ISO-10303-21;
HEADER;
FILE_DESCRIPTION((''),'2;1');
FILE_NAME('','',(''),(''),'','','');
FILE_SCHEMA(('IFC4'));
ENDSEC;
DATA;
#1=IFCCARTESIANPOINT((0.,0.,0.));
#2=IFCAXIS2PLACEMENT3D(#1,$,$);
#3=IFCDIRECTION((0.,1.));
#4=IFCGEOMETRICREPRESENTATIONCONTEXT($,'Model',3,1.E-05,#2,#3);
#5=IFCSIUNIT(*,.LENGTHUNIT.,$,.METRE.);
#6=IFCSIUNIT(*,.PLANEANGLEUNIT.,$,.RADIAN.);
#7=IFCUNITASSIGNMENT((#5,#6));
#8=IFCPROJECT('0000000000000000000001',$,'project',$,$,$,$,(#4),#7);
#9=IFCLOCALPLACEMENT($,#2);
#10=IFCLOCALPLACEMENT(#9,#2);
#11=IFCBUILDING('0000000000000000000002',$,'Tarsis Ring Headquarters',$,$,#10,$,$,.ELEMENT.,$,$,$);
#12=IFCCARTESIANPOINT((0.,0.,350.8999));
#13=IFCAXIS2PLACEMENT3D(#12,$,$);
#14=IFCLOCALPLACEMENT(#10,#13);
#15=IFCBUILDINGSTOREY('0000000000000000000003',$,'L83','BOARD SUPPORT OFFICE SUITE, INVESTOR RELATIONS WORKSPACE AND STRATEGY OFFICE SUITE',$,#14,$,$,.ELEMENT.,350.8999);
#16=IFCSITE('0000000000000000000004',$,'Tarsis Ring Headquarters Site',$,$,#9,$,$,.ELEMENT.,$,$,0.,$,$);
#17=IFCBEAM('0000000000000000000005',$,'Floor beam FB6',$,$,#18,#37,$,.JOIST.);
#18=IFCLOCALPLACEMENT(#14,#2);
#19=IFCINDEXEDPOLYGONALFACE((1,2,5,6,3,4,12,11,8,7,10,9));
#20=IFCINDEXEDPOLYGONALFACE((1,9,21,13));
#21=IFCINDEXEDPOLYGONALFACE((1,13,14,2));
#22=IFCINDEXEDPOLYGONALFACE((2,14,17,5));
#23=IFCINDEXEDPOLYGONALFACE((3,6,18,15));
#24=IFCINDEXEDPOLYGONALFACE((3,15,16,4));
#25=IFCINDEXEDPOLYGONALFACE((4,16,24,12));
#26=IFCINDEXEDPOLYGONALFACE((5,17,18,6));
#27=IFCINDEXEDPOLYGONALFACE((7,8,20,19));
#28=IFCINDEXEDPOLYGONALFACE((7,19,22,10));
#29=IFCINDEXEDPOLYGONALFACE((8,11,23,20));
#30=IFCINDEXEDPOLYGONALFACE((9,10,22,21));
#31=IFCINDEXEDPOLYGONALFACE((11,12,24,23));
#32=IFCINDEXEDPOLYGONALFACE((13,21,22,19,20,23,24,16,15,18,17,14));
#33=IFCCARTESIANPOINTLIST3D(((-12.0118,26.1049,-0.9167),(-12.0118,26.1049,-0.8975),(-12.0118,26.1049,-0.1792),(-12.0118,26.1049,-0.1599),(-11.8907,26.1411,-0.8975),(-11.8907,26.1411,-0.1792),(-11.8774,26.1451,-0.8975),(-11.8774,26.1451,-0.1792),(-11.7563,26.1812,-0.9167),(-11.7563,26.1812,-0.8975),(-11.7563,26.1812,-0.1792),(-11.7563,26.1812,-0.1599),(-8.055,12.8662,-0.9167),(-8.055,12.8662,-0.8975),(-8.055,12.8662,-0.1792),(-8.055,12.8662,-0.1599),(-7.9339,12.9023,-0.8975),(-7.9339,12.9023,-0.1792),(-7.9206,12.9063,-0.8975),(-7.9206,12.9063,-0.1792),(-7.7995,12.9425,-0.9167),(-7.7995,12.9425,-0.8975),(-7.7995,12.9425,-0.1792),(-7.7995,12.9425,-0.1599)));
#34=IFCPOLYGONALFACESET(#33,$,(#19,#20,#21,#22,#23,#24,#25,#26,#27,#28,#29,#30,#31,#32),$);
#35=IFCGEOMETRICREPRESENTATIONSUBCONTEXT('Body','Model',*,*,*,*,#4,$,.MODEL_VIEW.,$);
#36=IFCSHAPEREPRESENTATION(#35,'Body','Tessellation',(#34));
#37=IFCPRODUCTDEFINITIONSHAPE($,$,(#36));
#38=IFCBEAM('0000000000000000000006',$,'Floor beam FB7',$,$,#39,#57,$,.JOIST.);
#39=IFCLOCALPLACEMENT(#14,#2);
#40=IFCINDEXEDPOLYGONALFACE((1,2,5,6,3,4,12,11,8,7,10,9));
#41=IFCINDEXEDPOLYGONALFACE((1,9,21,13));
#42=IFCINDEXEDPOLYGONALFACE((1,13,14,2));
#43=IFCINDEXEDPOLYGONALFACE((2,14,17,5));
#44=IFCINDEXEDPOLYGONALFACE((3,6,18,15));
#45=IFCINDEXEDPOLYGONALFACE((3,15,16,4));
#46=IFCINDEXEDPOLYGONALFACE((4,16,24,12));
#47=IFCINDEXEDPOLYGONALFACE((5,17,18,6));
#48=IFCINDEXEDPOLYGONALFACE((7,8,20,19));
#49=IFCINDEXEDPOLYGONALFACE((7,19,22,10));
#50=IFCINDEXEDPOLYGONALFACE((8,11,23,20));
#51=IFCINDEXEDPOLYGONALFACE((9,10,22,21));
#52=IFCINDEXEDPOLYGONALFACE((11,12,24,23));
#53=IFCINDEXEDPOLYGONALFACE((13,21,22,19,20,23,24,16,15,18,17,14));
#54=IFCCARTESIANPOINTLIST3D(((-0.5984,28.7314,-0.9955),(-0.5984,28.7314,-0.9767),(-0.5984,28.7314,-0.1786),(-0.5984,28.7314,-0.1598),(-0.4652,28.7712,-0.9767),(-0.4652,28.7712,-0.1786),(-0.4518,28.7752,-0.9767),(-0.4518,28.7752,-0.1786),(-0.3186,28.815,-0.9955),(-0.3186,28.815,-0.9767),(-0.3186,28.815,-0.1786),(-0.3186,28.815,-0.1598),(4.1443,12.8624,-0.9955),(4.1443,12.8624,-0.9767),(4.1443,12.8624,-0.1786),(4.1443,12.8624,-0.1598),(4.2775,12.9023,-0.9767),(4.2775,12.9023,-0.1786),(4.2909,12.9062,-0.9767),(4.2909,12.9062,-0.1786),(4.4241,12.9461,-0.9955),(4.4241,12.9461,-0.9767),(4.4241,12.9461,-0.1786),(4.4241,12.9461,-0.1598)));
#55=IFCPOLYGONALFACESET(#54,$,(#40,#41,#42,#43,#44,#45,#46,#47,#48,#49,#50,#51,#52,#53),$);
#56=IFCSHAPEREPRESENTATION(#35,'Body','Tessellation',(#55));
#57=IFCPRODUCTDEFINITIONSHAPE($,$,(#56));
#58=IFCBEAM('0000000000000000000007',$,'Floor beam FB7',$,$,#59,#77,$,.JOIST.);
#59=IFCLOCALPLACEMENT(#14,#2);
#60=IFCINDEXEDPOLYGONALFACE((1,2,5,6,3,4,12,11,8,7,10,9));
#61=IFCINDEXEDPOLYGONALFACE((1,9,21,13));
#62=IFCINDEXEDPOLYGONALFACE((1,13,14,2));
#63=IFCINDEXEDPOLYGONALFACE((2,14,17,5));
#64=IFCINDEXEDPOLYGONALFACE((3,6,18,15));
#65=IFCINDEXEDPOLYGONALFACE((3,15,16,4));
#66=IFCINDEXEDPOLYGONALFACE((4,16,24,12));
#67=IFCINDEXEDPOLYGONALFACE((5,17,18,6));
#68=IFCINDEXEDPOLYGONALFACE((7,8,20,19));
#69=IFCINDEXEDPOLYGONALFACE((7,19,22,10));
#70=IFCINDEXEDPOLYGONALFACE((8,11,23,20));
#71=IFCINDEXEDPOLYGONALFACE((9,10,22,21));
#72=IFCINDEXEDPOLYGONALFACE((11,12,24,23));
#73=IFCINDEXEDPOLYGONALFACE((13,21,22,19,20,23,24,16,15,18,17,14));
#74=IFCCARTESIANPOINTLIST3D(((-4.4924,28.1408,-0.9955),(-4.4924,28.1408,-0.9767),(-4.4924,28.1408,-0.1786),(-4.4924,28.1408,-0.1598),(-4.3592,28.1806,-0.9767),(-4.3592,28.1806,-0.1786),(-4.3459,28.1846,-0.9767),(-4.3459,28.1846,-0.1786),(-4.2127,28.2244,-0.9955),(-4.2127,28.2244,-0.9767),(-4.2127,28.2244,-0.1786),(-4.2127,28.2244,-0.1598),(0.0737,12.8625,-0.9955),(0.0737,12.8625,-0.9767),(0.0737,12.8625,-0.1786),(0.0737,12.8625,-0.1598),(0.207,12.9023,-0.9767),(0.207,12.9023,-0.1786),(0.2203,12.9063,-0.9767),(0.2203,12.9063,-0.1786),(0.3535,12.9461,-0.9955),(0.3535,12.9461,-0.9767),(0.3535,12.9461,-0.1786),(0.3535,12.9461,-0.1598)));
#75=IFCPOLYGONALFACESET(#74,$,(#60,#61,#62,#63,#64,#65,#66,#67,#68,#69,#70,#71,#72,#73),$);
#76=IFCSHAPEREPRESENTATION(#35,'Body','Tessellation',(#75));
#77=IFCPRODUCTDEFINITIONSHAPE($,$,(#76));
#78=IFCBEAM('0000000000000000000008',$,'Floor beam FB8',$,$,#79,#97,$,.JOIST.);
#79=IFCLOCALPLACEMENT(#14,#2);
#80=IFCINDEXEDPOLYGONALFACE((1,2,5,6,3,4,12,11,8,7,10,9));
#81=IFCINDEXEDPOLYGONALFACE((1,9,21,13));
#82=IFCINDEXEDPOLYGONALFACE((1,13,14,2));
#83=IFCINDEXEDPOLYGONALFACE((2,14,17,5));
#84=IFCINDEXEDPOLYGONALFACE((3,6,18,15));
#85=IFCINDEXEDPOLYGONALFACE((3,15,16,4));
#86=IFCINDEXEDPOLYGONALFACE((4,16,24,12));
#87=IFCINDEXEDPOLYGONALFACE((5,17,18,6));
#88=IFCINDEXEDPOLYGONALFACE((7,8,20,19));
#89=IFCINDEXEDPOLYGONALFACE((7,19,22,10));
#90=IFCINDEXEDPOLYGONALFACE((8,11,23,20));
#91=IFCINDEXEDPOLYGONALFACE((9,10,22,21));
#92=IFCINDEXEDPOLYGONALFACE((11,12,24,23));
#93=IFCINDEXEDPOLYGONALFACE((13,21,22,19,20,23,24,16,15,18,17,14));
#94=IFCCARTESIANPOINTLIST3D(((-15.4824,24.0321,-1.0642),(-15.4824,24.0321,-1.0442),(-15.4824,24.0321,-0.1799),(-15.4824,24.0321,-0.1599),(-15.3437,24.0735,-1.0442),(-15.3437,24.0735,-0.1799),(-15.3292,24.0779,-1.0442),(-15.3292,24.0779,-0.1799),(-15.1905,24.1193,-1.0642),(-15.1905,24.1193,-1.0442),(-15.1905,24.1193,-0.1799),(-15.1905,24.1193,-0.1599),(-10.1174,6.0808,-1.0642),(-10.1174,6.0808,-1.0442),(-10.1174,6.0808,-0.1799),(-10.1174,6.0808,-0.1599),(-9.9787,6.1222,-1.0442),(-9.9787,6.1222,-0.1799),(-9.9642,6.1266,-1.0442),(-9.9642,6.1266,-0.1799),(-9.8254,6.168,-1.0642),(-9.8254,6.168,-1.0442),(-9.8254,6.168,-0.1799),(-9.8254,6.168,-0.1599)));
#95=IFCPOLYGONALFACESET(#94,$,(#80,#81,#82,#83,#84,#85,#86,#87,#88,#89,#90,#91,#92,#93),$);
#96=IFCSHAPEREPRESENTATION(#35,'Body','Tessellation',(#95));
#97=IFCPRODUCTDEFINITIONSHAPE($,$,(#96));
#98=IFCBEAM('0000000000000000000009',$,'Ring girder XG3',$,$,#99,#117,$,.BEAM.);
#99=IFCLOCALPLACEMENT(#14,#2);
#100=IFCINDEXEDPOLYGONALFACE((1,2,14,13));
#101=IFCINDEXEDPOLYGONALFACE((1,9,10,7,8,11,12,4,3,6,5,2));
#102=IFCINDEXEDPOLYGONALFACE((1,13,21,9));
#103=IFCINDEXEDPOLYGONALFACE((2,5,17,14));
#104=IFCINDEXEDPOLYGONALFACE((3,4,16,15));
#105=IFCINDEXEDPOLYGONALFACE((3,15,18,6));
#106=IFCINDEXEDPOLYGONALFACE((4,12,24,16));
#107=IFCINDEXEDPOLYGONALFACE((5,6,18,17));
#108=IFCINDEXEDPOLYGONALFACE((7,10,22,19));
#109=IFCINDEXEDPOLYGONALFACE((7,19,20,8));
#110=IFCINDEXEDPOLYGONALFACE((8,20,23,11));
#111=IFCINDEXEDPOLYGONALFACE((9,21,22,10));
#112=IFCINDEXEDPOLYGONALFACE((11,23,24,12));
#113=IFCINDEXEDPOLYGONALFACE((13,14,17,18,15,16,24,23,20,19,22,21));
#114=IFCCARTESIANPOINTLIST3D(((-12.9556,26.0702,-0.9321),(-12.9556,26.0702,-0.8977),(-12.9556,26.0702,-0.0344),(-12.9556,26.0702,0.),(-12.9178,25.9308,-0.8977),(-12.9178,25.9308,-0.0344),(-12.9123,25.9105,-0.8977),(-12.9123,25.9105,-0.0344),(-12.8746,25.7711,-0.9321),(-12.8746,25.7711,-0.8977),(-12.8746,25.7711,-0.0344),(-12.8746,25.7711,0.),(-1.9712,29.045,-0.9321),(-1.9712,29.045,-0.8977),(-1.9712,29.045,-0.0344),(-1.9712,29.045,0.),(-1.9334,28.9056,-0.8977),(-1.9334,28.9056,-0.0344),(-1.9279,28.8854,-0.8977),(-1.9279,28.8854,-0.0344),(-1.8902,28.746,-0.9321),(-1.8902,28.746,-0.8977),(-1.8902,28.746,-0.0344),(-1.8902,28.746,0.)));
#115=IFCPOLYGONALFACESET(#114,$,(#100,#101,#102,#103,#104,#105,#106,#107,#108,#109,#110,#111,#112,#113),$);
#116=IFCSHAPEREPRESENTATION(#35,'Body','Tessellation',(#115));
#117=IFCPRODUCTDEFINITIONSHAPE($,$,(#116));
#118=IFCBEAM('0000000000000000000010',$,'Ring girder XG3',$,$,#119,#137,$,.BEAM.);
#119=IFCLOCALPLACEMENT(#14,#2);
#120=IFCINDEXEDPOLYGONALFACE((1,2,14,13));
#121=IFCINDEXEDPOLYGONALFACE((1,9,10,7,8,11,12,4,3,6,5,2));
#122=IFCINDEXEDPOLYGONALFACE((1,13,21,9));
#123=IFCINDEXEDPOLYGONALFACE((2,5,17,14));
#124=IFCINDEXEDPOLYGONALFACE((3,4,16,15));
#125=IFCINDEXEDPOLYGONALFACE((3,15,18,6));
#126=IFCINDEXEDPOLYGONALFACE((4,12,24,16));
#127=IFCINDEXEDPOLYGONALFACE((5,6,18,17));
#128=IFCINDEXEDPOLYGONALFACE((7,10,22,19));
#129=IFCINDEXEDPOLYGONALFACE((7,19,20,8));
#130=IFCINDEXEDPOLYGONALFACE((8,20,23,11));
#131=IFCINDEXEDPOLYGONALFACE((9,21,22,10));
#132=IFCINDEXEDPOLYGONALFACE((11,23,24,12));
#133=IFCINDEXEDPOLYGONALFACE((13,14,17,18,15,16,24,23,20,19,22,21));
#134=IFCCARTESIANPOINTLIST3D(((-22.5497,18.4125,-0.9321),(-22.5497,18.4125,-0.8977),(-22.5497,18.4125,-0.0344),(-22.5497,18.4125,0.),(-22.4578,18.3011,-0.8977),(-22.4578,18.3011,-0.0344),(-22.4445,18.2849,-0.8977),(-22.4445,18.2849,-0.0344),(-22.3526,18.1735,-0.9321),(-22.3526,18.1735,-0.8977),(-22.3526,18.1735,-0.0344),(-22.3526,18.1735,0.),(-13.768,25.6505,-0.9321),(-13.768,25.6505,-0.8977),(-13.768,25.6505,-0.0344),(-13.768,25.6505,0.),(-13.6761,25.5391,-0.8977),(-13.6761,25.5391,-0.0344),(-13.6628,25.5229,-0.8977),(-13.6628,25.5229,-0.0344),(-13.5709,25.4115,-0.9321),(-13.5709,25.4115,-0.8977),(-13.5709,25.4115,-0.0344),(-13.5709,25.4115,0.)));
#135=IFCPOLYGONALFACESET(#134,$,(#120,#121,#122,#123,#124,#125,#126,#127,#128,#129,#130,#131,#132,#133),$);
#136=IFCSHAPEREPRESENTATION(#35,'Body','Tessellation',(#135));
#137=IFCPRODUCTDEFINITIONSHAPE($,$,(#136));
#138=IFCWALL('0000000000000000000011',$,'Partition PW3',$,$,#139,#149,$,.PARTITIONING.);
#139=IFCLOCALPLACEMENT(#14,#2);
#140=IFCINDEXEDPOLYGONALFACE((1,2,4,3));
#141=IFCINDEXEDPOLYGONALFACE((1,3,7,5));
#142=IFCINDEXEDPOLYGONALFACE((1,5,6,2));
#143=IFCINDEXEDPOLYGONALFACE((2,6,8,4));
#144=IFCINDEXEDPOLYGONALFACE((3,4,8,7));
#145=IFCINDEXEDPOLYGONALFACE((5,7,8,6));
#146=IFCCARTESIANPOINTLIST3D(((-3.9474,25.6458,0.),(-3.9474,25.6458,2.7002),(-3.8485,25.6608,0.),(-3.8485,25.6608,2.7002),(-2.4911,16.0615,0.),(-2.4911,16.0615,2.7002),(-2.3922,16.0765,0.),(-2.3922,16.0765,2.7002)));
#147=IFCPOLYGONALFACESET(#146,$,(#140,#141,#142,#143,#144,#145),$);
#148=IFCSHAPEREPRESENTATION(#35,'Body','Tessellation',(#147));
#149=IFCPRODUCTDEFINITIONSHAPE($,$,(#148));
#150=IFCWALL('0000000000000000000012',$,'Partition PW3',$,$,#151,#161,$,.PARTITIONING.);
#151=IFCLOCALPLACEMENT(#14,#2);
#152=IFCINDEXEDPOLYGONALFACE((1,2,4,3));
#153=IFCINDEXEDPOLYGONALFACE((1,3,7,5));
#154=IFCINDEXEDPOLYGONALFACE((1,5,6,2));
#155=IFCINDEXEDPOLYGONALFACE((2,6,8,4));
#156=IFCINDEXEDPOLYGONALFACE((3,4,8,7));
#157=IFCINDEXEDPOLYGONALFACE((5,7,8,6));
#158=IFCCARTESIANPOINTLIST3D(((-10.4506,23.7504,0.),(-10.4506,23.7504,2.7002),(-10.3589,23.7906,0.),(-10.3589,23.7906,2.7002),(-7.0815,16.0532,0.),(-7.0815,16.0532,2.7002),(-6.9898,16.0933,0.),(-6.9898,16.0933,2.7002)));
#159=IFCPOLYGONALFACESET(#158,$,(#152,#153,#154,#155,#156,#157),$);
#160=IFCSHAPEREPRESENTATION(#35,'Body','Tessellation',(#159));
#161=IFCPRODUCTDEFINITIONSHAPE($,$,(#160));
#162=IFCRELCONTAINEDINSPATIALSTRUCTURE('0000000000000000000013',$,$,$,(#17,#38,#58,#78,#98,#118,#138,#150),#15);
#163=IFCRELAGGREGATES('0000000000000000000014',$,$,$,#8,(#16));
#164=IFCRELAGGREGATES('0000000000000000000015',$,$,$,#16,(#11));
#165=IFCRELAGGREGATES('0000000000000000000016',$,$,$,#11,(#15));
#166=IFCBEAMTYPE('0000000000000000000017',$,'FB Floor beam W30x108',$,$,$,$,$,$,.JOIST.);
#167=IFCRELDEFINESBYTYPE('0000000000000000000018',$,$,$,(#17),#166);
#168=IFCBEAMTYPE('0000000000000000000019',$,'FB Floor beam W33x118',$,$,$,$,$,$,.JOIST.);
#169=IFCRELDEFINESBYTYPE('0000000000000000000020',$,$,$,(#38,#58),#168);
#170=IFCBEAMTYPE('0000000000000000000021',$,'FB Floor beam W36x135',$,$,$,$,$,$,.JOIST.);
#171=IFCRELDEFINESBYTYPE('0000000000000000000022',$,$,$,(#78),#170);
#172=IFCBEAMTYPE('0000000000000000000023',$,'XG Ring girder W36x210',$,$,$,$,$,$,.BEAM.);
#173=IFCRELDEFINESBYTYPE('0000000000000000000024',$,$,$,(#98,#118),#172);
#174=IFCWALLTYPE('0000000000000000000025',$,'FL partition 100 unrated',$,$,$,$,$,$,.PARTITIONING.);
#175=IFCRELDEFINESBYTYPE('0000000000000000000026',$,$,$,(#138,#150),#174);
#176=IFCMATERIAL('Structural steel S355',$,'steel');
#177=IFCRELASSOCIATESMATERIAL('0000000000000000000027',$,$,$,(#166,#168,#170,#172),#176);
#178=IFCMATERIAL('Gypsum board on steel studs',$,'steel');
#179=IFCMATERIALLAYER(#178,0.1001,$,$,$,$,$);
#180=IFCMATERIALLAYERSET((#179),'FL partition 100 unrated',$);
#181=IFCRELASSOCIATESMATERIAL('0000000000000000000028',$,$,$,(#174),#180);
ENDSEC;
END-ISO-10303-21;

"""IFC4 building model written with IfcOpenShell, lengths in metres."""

from ifc_helpers import new_model, si_unit, direction, frame, frame_2d, origin, origin_2d, place, context, subcontext, project, spatial, rectangle, i_section, extrude, material, layer, layer_set, material_profile, profile_set, type_object, element, save


model = new_model("IFC4")

# Units and contexts
model_context = context("Model", 3, precision=1e-05, world=origin(), true_north=direction((0.0, 1.0)))
body_context = subcontext(model_context, "Body", "Model", "MODEL_VIEW")
ifc_project = project(units=[si_unit("LENGTHUNIT", "METRE"), si_unit("PLANEANGLEUNIT", "RADIAN")], contexts=[model_context])

# Site, building, storey
site_placement = place(None, origin())
site = spatial("IfcSite", under=ifc_project, at=site_placement, Name="Tarsis Ring Headquarters Site", CompositionType="ELEMENT", RefElevation=0.0)
building_placement = place(site_placement, origin())
building = spatial("IfcBuilding", under=site, at=building_placement, Name="Tarsis Ring Headquarters", CompositionType="ELEMENT")
storey_placement = place(building_placement, frame((0.0, 0.0, 350.8999)))
storey = spatial("IfcBuildingStorey", under=building, at=storey_placement, Name="L83", Description="BOARD SUPPORT OFFICE SUITE, INVESTOR RELATIONS WORKSPACE AND STRATEGY OFFICE SUITE", CompositionType="ELEMENT", Elevation=350.8999)

# Shared definitions
ifc_material_1 = material(Name="Structural steel S355", Category="steel")

# Beams
ifc_material_profile_1 = material_profile(ifc_material_1, i_section(OverallWidth=0.2666, OverallDepth=0.7568, WebThickness=0.0139, FlangeThickness=0.0193, at=origin_2d()), Name="W30x108")
ifc_profile_set_1 = profile_set([ifc_material_profile_1], Name="Structural steel S355")
beam_type_1 = type_object("IfcBeamType", Name="FB Floor beam W30x108", PredefinedType="JOIST", material=ifc_profile_set_1)
beam_1_placement = place(storey_placement, frame((-11.884, 26.1431, -0.5383), z_axis=(0.286362, -0.958121, 0.0), x_axis=(0.958121, 0.286362, 0.0)))
element("IfcBeam", 1, at=beam_1_placement, inside=storey, type_object=beam_type_1, Name="Floor beam FB6", PredefinedType="JOIST", context=body_context, shape_type="SweptSolid", body=[
    extrude(i_section(OverallWidth=0.2666, OverallDepth=0.7568, WebThickness=0.0139, FlangeThickness=0.0193, at=origin_2d()), origin(), (0.0, 0.0, 1.0), 13.8174),
])
ifc_material_profile_2 = material_profile(ifc_material_1, i_section(OverallWidth=0.292, OverallDepth=0.8357, WebThickness=0.0139, FlangeThickness=0.0188, at=origin_2d()), Name="W33x118")
ifc_profile_set_2 = profile_set([ifc_material_profile_2], Name="Structural steel S355")
beam_type_2 = type_object("IfcBeamType", Name="FB Floor beam W33x118", PredefinedType="JOIST", material=ifc_profile_set_2)
beam_2_placement = place(storey_placement, frame((-0.4585, 28.7732, -0.5776), z_axis=(0.286351, -0.958125, 0.0), x_axis=(0.958125, 0.286351, 0.0)))
element("IfcBeam", 2, at=beam_2_placement, inside=storey, type_object=beam_type_2, Name="Floor beam FB7", PredefinedType="JOIST", context=body_context, shape_type="SweptSolid", body=[
    extrude(i_section(OverallWidth=0.292, OverallDepth=0.8357, WebThickness=0.0139, FlangeThickness=0.0188, at=origin_2d()), origin(), (0.0, 0.0, 1.0), 16.5625),
])
beam_3_placement = place(storey_placement, frame((-4.3525, 28.1826, -0.5776), z_axis=(0.28635, -0.958125, 0.0), x_axis=(0.958125, 0.28635, 0.0)))
element("IfcBeam", 3, at=beam_3_placement, inside=storey, type_object=beam_type_2, Name="Floor beam FB7", PredefinedType="JOIST", context=body_context, shape_type="SweptSolid", body=[
    extrude(i_section(OverallWidth=0.292, OverallDepth=0.8357, WebThickness=0.0139, FlangeThickness=0.0188, at=origin_2d()), origin(), (0.0, 0.0, 1.0), 15.946),
])
ifc_material_profile_3 = material_profile(ifc_material_1, i_section(OverallWidth=0.3047, OverallDepth=0.9043, WebThickness=0.0151, FlangeThickness=0.02, at=origin_2d()), Name="W36x135")
ifc_profile_set_3 = profile_set([ifc_material_profile_3], Name="Structural steel S355")
beam_type_3 = type_object("IfcBeamType", Name="FB Floor beam W36x135", PredefinedType="JOIST", material=ifc_profile_set_3)
beam_4_placement = place(storey_placement, frame((-15.3364, 24.0757, -0.6121), z_axis=(0.286351, -0.958125, 0.0), x_axis=(0.958125, 0.286351, 0.0)))
element("IfcBeam", 4, at=beam_4_placement, inside=storey, type_object=beam_type_3, Name="Floor beam FB8", PredefinedType="JOIST", context=body_context, shape_type="SweptSolid", body=[
    extrude(i_section(OverallWidth=0.3047, OverallDepth=0.9043, WebThickness=0.0151, FlangeThickness=0.02, at=origin_2d()), origin(), (0.0, 0.0, 1.0), 18.7358),
])
ifc_material_profile_4 = material_profile(ifc_material_1, i_section(OverallWidth=0.3098, OverallDepth=0.9321, WebThickness=0.021, FlangeThickness=0.0344, at=origin_2d()), Name="W36x210")
ifc_profile_set_4 = profile_set([ifc_material_profile_4], Name="Structural steel S355")
beam_type_4 = type_object("IfcBeamType", Name="XG Ring girder W36x210", PredefinedType="BEAM", material=ifc_profile_set_4)
for number, where, z_axis, x_axis, name in (
    (5, (-1.9307, 28.8955, -0.4661), (-0.965228, -0.261409, 0.0), (0.261409, -0.965228, 0.0), "Ring girder XG3"),
    (6, (-13.6694, 25.531, -0.4661), (-0.771671, -0.636022, 0.0), (0.636022, -0.771671, 0.0), "Ring girder XG3"),
):
    element("IfcBeam", number, at=place(storey_placement, frame(where, z_axis=z_axis, x_axis=x_axis)), inside=storey, type_object=beam_type_4, Name=name, PredefinedType="BEAM", context=body_context, shape_type="SweptSolid", body=[
        extrude(i_section(OverallWidth=0.3098, OverallDepth=0.9321, WebThickness=0.021, FlangeThickness=0.0344, at=origin_2d()), origin(), (0.0, 0.0, 1.0), 11.3801),
    ])

# Walls
ifc_material_2 = material(Name="Gypsum board on steel studs", Category="steel")
ifc_layer_1 = layer(ifc_material_2, 0.1001)
ifc_layer_set_1 = layer_set([ifc_layer_1], Name="FL partition 100 unrated")
wall_type_1 = type_object("IfcWallType", Name="FL partition 100 unrated", PredefinedType="PARTITIONING", material=ifc_layer_set_1)
wall_1_placement = place(storey_placement, frame((-3.8979, 25.6533, 0.0), z_axis=(0.0, 0.0, 1.0), x_axis=(0.150223, -0.988652, 0.0)))
element("IfcWall", 7, at=wall_1_placement, inside=storey, type_object=wall_type_1, Name="Partition PW3", PredefinedType="PARTITIONING", context=body_context, shape_type="SweptSolid", body=[
    extrude(rectangle(XDim=9.6943, YDim=0.1001, at=frame_2d((4.8472, 0.0))), origin(), (0.0, 0.0, 1.0), 2.7002),
])
wall_2_placement = place(storey_placement, frame((-10.4048, 23.7705, 0.0), z_axis=(0.0, 0.0, 1.0), x_axis=(0.400977, -0.916088, 0.0)))
element("IfcWall", 8, at=wall_2_placement, inside=storey, type_object=wall_type_1, Name="Partition PW3", PredefinedType="PARTITIONING", context=body_context, shape_type="SweptSolid", body=[
    extrude(rectangle(XDim=8.4023, YDim=0.1001, at=frame_2d((4.2012, 0.0))), origin(), (0.0, 0.0, 1.0), 2.7002),
])

save(model, "model.ifc")
